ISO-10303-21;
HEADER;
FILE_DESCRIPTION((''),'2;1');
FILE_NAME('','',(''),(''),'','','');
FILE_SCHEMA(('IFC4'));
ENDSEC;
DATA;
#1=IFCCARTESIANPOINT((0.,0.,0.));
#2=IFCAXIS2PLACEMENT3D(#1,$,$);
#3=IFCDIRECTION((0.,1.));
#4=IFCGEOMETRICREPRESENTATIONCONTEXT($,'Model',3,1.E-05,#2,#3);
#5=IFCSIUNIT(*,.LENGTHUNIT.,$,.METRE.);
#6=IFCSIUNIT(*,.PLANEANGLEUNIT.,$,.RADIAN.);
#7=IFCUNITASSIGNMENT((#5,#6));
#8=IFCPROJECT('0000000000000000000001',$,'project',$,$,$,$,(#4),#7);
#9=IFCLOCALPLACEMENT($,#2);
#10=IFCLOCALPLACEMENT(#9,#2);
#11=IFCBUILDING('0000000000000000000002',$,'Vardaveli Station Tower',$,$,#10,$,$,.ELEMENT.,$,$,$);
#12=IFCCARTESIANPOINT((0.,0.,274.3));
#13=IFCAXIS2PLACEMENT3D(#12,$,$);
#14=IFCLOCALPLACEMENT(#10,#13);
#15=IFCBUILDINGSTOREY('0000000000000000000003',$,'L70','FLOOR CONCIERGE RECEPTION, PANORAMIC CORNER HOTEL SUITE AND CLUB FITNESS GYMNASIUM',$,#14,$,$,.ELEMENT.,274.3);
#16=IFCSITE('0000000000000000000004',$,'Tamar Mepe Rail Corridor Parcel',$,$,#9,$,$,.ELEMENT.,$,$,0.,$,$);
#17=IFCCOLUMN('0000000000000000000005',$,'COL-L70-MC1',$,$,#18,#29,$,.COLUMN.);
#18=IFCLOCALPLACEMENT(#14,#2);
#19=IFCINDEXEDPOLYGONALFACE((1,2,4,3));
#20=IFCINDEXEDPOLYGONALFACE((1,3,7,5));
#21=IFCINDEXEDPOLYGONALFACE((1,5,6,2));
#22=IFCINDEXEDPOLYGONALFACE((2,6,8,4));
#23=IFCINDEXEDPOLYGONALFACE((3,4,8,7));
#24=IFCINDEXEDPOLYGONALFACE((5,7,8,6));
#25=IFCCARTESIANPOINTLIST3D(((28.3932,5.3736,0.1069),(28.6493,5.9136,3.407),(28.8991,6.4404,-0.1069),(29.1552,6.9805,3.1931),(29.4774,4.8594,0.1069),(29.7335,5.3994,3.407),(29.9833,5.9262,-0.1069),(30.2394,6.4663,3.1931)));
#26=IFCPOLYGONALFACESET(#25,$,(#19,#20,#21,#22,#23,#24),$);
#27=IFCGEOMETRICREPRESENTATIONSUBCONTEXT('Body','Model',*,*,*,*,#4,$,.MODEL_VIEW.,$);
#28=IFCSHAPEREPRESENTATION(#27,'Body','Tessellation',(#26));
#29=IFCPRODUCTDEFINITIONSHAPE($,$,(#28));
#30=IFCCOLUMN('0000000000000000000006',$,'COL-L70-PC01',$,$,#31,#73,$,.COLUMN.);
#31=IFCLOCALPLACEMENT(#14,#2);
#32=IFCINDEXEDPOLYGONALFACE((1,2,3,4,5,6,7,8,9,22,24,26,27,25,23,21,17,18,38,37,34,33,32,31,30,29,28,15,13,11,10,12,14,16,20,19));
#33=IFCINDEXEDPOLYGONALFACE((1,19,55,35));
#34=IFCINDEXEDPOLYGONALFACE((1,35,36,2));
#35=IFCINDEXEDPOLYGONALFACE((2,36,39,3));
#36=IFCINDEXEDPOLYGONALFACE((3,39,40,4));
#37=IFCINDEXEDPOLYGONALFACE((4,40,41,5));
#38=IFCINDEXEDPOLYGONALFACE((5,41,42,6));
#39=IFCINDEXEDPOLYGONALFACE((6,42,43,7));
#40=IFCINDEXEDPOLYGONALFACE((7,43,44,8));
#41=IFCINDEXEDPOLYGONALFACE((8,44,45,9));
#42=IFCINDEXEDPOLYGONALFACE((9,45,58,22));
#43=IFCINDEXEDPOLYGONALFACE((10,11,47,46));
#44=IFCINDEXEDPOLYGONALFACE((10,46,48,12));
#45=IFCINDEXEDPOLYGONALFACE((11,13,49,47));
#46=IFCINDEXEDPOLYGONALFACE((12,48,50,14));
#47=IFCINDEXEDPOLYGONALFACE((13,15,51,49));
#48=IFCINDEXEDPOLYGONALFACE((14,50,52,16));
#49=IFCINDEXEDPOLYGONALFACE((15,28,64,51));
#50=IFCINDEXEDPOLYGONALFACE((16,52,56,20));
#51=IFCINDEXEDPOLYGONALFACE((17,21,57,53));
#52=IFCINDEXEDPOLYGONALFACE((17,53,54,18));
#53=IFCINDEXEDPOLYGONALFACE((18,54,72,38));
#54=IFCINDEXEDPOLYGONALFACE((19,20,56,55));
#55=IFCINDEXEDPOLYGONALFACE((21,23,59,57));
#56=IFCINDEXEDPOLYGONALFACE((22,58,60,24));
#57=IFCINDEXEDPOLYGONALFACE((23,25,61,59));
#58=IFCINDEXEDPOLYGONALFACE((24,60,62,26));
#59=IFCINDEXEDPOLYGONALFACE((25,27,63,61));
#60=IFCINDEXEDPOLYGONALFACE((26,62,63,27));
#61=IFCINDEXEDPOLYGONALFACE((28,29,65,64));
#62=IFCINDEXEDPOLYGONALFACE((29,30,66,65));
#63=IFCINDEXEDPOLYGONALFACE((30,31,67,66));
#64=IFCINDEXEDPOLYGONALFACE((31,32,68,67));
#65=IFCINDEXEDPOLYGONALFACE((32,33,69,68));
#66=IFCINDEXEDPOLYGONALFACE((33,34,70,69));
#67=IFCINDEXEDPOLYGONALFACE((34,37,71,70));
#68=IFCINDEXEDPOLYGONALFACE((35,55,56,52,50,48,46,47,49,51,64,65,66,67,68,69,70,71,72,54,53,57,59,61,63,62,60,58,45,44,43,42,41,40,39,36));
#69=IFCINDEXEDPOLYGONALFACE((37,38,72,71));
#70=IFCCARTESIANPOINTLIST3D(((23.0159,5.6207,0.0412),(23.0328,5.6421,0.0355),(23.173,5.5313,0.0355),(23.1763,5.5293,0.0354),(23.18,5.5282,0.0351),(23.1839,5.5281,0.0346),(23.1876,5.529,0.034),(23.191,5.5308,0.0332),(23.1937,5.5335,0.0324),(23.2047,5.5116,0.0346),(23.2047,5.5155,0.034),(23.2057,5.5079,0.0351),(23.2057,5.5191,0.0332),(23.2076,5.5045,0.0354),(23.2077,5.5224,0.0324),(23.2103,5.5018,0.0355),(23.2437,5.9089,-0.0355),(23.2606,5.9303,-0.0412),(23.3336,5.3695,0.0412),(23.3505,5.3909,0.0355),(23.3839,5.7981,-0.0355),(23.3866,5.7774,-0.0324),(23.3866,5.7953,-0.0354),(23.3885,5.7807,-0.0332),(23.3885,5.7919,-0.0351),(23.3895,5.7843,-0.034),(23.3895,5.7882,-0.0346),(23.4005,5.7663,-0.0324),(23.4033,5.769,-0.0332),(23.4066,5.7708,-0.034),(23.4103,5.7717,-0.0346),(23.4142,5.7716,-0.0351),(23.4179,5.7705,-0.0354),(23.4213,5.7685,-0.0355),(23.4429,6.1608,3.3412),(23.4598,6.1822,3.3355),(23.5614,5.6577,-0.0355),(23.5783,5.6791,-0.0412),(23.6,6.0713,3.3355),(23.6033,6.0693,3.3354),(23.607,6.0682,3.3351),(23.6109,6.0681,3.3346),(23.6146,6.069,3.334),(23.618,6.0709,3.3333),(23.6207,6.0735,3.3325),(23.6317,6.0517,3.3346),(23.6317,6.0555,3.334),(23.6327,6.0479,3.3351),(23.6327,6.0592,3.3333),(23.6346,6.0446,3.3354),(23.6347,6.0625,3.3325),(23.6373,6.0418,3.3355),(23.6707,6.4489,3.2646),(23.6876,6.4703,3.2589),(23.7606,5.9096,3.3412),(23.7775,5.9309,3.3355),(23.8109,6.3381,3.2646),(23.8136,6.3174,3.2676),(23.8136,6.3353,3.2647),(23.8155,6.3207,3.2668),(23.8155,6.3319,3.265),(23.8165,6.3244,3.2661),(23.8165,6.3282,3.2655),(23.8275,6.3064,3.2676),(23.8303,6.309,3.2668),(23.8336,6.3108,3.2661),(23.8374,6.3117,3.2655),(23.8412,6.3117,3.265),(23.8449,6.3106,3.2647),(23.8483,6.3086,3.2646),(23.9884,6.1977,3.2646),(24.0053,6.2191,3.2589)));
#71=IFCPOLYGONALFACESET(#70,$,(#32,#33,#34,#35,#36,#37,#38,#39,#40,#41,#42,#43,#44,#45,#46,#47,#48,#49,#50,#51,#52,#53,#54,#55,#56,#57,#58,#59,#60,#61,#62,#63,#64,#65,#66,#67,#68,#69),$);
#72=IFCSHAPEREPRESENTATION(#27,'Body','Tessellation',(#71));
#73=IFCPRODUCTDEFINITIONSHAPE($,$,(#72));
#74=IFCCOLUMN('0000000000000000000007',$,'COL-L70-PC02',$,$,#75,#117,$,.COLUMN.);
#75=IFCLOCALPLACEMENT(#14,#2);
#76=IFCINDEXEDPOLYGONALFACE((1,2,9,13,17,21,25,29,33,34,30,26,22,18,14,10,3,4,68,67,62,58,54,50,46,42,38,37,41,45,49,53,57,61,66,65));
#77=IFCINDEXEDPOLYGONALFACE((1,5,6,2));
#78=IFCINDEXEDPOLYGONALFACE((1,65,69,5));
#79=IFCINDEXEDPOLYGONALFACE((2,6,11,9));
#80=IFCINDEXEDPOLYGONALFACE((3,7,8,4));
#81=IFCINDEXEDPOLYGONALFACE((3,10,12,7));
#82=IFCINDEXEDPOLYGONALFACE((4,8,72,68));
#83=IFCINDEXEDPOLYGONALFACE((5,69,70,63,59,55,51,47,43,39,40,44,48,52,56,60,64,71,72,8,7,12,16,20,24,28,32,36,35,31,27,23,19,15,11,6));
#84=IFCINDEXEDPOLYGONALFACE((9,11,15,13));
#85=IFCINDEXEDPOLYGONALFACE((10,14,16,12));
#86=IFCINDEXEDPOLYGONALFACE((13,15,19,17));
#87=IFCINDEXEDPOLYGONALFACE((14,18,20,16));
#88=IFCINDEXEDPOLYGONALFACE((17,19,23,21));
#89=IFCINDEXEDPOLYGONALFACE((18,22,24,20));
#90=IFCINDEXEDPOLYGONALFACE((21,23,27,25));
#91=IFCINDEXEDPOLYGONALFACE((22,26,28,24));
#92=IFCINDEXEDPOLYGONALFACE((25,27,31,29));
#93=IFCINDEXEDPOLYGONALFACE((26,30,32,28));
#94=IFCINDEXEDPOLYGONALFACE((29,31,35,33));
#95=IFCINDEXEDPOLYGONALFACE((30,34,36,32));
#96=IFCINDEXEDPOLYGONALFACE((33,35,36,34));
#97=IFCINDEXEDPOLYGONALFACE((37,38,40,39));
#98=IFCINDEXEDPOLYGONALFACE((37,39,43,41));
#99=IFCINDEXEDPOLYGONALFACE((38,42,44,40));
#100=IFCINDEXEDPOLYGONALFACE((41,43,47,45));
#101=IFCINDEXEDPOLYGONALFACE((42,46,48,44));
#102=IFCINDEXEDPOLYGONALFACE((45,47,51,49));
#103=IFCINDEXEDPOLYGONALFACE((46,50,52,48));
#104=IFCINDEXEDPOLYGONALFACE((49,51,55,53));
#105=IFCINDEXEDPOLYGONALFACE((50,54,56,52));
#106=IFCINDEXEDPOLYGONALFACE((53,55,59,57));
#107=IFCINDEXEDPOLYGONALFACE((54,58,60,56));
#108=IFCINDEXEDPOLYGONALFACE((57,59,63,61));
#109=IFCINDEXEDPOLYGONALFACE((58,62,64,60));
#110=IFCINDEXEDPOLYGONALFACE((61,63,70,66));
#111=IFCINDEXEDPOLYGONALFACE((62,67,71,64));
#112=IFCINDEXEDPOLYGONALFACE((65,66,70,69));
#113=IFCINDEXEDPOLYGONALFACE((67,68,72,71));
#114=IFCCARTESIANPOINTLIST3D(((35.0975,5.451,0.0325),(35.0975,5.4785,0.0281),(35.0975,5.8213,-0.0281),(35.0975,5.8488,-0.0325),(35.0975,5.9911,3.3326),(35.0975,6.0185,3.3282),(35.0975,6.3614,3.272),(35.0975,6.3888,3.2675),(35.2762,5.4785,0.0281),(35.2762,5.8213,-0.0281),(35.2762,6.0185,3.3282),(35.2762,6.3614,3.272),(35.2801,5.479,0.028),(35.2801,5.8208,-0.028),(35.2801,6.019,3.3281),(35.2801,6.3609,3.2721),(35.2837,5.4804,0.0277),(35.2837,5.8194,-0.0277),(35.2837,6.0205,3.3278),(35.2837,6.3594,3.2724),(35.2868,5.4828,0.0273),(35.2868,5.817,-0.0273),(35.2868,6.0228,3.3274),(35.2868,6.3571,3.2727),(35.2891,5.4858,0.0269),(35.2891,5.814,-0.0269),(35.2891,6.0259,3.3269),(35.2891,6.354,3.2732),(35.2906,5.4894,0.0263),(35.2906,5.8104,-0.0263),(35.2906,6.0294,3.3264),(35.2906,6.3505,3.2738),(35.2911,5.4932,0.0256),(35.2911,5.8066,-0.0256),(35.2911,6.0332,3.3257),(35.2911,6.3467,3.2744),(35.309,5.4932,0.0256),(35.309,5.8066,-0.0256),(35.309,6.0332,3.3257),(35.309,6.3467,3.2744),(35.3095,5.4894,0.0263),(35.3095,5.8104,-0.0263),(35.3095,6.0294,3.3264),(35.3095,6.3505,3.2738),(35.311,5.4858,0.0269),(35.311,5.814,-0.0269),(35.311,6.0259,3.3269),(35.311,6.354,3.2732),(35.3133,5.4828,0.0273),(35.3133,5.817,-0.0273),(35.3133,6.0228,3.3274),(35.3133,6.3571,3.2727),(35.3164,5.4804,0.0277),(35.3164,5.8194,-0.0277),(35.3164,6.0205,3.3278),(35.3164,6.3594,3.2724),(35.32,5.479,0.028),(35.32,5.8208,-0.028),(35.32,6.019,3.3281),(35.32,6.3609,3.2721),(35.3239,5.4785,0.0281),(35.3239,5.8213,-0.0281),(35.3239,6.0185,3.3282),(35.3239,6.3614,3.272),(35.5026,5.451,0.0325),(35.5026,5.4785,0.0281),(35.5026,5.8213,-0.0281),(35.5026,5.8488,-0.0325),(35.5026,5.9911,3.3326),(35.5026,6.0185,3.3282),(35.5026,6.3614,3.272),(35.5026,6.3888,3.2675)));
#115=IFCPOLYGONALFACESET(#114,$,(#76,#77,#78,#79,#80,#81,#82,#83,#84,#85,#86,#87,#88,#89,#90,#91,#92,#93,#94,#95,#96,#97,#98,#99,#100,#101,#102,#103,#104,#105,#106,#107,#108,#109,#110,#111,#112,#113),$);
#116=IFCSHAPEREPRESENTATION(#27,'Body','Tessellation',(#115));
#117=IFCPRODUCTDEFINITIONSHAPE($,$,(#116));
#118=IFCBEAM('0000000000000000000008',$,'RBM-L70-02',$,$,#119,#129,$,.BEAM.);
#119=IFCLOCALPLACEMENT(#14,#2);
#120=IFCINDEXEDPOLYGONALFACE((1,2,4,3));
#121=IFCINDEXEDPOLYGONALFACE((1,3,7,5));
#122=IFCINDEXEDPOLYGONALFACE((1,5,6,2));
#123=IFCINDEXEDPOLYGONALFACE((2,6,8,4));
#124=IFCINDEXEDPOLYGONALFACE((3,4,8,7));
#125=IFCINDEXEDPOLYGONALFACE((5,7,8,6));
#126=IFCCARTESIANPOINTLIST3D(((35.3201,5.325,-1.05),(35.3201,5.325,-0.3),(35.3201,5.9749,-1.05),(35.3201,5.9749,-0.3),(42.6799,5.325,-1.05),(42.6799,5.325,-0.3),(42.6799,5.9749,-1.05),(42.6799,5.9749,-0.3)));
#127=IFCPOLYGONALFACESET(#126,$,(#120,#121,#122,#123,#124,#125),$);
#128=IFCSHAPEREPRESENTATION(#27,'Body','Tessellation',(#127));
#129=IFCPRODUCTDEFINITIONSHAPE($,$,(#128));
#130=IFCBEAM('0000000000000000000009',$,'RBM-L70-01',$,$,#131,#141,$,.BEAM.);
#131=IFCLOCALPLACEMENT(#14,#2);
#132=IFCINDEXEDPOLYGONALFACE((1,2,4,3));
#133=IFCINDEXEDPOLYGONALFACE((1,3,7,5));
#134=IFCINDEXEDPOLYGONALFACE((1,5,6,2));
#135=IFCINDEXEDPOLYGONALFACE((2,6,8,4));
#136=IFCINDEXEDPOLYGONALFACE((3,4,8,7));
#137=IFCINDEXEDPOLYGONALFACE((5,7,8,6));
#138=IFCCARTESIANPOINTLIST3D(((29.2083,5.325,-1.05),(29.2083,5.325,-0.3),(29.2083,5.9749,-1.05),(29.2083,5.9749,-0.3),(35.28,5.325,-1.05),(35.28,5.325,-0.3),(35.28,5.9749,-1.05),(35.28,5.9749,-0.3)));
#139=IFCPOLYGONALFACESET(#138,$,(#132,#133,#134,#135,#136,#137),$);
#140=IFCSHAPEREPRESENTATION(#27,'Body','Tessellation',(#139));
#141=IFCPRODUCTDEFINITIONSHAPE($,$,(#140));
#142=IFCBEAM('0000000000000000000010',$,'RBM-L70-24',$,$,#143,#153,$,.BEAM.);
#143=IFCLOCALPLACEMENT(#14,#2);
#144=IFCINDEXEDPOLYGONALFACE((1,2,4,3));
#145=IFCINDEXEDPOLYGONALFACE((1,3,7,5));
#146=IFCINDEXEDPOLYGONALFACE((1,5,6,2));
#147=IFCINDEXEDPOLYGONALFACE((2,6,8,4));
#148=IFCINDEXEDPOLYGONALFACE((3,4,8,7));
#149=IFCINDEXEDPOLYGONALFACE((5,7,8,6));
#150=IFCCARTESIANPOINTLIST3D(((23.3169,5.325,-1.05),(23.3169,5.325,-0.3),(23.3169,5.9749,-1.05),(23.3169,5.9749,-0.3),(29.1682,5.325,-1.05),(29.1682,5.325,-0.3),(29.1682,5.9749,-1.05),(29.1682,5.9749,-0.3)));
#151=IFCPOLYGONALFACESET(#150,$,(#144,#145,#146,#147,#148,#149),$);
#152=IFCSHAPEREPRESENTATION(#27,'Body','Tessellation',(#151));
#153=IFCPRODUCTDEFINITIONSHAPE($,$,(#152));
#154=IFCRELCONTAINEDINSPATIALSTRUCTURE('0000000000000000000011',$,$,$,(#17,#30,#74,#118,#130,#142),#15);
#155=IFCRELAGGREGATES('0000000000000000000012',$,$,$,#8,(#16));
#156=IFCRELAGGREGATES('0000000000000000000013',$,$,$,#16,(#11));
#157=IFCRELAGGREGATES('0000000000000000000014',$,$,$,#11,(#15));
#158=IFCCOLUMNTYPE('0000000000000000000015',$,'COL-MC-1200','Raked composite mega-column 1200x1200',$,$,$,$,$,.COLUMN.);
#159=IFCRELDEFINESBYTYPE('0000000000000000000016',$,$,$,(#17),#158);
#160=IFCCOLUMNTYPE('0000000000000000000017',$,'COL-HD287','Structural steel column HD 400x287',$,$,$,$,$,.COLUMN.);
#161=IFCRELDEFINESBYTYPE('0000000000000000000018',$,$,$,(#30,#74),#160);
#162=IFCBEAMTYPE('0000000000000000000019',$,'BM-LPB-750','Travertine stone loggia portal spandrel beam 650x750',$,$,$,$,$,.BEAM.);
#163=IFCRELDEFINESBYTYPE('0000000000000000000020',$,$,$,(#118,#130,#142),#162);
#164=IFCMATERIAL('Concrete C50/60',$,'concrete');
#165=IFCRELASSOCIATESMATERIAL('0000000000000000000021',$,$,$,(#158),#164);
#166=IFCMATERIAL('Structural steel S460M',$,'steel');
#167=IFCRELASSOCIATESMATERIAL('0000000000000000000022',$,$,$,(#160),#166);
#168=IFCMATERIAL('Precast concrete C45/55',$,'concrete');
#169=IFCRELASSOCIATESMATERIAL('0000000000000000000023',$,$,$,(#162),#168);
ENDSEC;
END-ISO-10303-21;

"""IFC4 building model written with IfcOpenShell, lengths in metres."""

from ifc_helpers import new_model, si_unit, direction, frame, origin, origin_2d, place, context, subcontext, project, spatial, rectangle, i_section, extrude, source, transform, mapped, material, material_profile, profile_set, type_object, element, save


model = new_model("IFC4")

# Units and contexts
model_context = context("Model", 3, precision=1e-05, world=origin(), true_north=direction((0.0, 1.0)))
body_context = subcontext(model_context, "Body", "Model", "MODEL_VIEW")
ifc_project = project(units=[si_unit("LENGTHUNIT", "METRE"), si_unit("PLANEANGLEUNIT", "RADIAN")], contexts=[model_context])

# Site, building, storey
site_placement = place(None, origin())
site = spatial("IfcSite", under=ifc_project, at=site_placement, Name="Tamar Mepe Rail Corridor Parcel", CompositionType="ELEMENT", RefElevation=0.0)
building_placement = place(site_placement, origin())
building = spatial("IfcBuilding", under=site, at=building_placement, Name="Vardaveli Station Tower", CompositionType="ELEMENT")
storey_placement = place(building_placement, frame((0.0, 0.0, 274.3)))
storey = spatial("IfcBuildingStorey", under=building, at=storey_placement, Name="L70", Description="FLOOR CONCIERGE RECEPTION, PANORAMIC CORNER HOTEL SUITE AND CLUB FITNESS GYMNASIUM", CompositionType="ELEMENT", Elevation=274.3)

# Columns
ifc_material_1 = material(Name="Concrete C50/60", Category="concrete")
ifc_material_profile_1 = material_profile(ifc_material_1, rectangle(XDim=1.2, YDim=1.2, at=origin_2d()), Name="MC 1200x1200")
ifc_profile_set_1 = profile_set([ifc_material_profile_1], Name="Concrete C50/60")
column_type_1 = type_object("IfcColumnType", Name="COL-MC-1200", Description="Raked composite mega-column 1200x1200", PredefinedType="COLUMN", material=ifc_profile_set_1)
shared_shape_1 = source(origin(), body_context, "Body", "SweptSolid", [
    extrude(rectangle(XDim=1.2, YDim=1.2, at=origin_2d()), origin(), (0.0, 0.0, 1.0), 3.3538),
])
column_1_placement = place(storey_placement, frame((29.1882, 5.6499, 0.0), z_axis=(0.076364, 0.161026, 0.983991), x_axis=(-0.903546, 0.42849, 0.0)))
element("IfcColumn", 1, at=column_1_placement, inside=storey, type_object=column_type_1, Name="COL-L70-MC1", PredefinedType="COLUMN", context=body_context, shape_type="MappedRepresentation", body=[
    mapped(shared_shape_1, transform((0.0, 0.0, 0.0), scale=1.0)),
])
ifc_material_2 = material(Name="Structural steel S460M", Category="steel")
ifc_material_profile_2 = material_profile(ifc_material_2, i_section(OverallWidth=0.405, OverallDepth=0.4031, WebThickness=0.0178, FlangeThickness=0.0278, FilletRadius=0.0149, at=origin_2d()), Name="HD 400x287")
ifc_profile_set_2 = profile_set([ifc_material_profile_2], Name="Structural steel S460M")
column_type_2 = type_object("IfcColumnType", Name="COL-HD287", Description="Structural steel column HD 400x287", PredefinedType="COLUMN", material=ifc_profile_set_2)
shared_shape_2 = source(origin(), body_context, "Body", "SweptSolid", [
    extrude(i_section(OverallWidth=0.405, OverallDepth=0.4031, WebThickness=0.0178, FlangeThickness=0.0278, FilletRadius=0.0149, at=origin_2d()), origin(), (0.0, 0.0, 1.0), 3.3711),
])
column_2_placement = place(storey_placement, frame((23.2971, 5.6499, 0.0), z_axis=(0.126666, 0.160197, 0.978924), x_axis=(-0.78442, 0.620231, 0.0)))
element("IfcColumn", 2, at=column_2_placement, inside=storey, type_object=column_type_2, Name="COL-L70-PC01", PredefinedType="COLUMN", context=body_context, shape_type="MappedRepresentation", body=[
    mapped(shared_shape_2, transform((0.0, 0.0, 0.0), scale=1.0)),
])
shared_shape_3 = source(origin(), body_context, "Body", "SweptSolid", [
    extrude(i_section(OverallWidth=0.405, OverallDepth=0.4031, WebThickness=0.0178, FlangeThickness=0.0278, FilletRadius=0.0149, at=origin_2d()), origin(), (0.0, 0.0, 1.0), 3.344),
])
column_3_placement = place(storey_placement, frame((35.3, 5.6499, 0.0), z_axis=(0.0, 0.161498, 0.986873), x_axis=(-1.0, 0.0, 0.0)))
element("IfcColumn", 3, at=column_3_placement, inside=storey, type_object=column_type_2, Name="COL-L70-PC02", PredefinedType="COLUMN", context=body_context, shape_type="MappedRepresentation", body=[
    mapped(shared_shape_3, transform((0.0, 0.0, 0.0), scale=1.0)),
])

# Beams
ifc_material_3 = material(Name="Precast concrete C45/55", Category="concrete")
ifc_material_profile_3 = material_profile(ifc_material_3, rectangle(XDim=0.6499, YDim=0.75, at=origin_2d()), Name="LPB 650x750")
ifc_profile_set_3 = profile_set([ifc_material_profile_3], Name="Precast concrete C45/55")
beam_type_1 = type_object("IfcBeamType", Name="BM-LPB-750", Description="Travertine stone loggia portal spandrel beam 650x750", PredefinedType="BEAM", material=ifc_profile_set_3)
shared_shape_4 = source(origin(), body_context, "Body", "SweptSolid", [
    extrude(rectangle(XDim=0.6499, YDim=0.75, at=origin_2d()), origin(), (0.0, 0.0, 1.0), 7.3599),
])
beam_1_placement = place(storey_placement, frame((35.3201, 5.6499, -0.675), z_axis=(1.0, 0.0, 0.0), x_axis=(0.0, 1.0, 0.0)))
element("IfcBeam", 4, at=beam_1_placement, inside=storey, type_object=beam_type_1, Name="RBM-L70-02", PredefinedType="BEAM", context=body_context, shape_type="MappedRepresentation", body=[
    mapped(shared_shape_4, transform((0.0, 0.0, 0.0), scale=1.0)),
])
shared_shape_5 = source(origin(), body_context, "Body", "SweptSolid", [
    extrude(rectangle(XDim=0.6499, YDim=0.75, at=origin_2d()), origin(), (0.0, 0.0, 1.0), 6.0718),
])
beam_2_placement = place(storey_placement, frame((29.2083, 5.6499, -0.675), z_axis=(1.0, 0.0, 0.0), x_axis=(0.0, 1.0, 0.0)))
element("IfcBeam", 5, at=beam_2_placement, inside=storey, type_object=beam_type_1, Name="RBM-L70-01", PredefinedType="BEAM", context=body_context, shape_type="MappedRepresentation", body=[
    mapped(shared_shape_5, transform((0.0, 0.0, 0.0), scale=1.0)),
])
shared_shape_6 = source(origin(), body_context, "Body", "SweptSolid", [
    extrude(rectangle(XDim=0.6499, YDim=0.75, at=origin_2d()), origin(), (0.0, 0.0, 1.0), 5.8513),
])
beam_3_placement = place(storey_placement, frame((23.3169, 5.6499, -0.675), z_axis=(1.0, 0.0, 0.0), x_axis=(0.0, 1.0, 0.0)))
element("IfcBeam", 6, at=beam_3_placement, inside=storey, type_object=beam_type_1, Name="RBM-L70-24", PredefinedType="BEAM", context=body_context, shape_type="MappedRepresentation", body=[
    mapped(shared_shape_6, transform((0.0, 0.0, 0.0), scale=1.0)),
])

save(model, "model.ifc")
